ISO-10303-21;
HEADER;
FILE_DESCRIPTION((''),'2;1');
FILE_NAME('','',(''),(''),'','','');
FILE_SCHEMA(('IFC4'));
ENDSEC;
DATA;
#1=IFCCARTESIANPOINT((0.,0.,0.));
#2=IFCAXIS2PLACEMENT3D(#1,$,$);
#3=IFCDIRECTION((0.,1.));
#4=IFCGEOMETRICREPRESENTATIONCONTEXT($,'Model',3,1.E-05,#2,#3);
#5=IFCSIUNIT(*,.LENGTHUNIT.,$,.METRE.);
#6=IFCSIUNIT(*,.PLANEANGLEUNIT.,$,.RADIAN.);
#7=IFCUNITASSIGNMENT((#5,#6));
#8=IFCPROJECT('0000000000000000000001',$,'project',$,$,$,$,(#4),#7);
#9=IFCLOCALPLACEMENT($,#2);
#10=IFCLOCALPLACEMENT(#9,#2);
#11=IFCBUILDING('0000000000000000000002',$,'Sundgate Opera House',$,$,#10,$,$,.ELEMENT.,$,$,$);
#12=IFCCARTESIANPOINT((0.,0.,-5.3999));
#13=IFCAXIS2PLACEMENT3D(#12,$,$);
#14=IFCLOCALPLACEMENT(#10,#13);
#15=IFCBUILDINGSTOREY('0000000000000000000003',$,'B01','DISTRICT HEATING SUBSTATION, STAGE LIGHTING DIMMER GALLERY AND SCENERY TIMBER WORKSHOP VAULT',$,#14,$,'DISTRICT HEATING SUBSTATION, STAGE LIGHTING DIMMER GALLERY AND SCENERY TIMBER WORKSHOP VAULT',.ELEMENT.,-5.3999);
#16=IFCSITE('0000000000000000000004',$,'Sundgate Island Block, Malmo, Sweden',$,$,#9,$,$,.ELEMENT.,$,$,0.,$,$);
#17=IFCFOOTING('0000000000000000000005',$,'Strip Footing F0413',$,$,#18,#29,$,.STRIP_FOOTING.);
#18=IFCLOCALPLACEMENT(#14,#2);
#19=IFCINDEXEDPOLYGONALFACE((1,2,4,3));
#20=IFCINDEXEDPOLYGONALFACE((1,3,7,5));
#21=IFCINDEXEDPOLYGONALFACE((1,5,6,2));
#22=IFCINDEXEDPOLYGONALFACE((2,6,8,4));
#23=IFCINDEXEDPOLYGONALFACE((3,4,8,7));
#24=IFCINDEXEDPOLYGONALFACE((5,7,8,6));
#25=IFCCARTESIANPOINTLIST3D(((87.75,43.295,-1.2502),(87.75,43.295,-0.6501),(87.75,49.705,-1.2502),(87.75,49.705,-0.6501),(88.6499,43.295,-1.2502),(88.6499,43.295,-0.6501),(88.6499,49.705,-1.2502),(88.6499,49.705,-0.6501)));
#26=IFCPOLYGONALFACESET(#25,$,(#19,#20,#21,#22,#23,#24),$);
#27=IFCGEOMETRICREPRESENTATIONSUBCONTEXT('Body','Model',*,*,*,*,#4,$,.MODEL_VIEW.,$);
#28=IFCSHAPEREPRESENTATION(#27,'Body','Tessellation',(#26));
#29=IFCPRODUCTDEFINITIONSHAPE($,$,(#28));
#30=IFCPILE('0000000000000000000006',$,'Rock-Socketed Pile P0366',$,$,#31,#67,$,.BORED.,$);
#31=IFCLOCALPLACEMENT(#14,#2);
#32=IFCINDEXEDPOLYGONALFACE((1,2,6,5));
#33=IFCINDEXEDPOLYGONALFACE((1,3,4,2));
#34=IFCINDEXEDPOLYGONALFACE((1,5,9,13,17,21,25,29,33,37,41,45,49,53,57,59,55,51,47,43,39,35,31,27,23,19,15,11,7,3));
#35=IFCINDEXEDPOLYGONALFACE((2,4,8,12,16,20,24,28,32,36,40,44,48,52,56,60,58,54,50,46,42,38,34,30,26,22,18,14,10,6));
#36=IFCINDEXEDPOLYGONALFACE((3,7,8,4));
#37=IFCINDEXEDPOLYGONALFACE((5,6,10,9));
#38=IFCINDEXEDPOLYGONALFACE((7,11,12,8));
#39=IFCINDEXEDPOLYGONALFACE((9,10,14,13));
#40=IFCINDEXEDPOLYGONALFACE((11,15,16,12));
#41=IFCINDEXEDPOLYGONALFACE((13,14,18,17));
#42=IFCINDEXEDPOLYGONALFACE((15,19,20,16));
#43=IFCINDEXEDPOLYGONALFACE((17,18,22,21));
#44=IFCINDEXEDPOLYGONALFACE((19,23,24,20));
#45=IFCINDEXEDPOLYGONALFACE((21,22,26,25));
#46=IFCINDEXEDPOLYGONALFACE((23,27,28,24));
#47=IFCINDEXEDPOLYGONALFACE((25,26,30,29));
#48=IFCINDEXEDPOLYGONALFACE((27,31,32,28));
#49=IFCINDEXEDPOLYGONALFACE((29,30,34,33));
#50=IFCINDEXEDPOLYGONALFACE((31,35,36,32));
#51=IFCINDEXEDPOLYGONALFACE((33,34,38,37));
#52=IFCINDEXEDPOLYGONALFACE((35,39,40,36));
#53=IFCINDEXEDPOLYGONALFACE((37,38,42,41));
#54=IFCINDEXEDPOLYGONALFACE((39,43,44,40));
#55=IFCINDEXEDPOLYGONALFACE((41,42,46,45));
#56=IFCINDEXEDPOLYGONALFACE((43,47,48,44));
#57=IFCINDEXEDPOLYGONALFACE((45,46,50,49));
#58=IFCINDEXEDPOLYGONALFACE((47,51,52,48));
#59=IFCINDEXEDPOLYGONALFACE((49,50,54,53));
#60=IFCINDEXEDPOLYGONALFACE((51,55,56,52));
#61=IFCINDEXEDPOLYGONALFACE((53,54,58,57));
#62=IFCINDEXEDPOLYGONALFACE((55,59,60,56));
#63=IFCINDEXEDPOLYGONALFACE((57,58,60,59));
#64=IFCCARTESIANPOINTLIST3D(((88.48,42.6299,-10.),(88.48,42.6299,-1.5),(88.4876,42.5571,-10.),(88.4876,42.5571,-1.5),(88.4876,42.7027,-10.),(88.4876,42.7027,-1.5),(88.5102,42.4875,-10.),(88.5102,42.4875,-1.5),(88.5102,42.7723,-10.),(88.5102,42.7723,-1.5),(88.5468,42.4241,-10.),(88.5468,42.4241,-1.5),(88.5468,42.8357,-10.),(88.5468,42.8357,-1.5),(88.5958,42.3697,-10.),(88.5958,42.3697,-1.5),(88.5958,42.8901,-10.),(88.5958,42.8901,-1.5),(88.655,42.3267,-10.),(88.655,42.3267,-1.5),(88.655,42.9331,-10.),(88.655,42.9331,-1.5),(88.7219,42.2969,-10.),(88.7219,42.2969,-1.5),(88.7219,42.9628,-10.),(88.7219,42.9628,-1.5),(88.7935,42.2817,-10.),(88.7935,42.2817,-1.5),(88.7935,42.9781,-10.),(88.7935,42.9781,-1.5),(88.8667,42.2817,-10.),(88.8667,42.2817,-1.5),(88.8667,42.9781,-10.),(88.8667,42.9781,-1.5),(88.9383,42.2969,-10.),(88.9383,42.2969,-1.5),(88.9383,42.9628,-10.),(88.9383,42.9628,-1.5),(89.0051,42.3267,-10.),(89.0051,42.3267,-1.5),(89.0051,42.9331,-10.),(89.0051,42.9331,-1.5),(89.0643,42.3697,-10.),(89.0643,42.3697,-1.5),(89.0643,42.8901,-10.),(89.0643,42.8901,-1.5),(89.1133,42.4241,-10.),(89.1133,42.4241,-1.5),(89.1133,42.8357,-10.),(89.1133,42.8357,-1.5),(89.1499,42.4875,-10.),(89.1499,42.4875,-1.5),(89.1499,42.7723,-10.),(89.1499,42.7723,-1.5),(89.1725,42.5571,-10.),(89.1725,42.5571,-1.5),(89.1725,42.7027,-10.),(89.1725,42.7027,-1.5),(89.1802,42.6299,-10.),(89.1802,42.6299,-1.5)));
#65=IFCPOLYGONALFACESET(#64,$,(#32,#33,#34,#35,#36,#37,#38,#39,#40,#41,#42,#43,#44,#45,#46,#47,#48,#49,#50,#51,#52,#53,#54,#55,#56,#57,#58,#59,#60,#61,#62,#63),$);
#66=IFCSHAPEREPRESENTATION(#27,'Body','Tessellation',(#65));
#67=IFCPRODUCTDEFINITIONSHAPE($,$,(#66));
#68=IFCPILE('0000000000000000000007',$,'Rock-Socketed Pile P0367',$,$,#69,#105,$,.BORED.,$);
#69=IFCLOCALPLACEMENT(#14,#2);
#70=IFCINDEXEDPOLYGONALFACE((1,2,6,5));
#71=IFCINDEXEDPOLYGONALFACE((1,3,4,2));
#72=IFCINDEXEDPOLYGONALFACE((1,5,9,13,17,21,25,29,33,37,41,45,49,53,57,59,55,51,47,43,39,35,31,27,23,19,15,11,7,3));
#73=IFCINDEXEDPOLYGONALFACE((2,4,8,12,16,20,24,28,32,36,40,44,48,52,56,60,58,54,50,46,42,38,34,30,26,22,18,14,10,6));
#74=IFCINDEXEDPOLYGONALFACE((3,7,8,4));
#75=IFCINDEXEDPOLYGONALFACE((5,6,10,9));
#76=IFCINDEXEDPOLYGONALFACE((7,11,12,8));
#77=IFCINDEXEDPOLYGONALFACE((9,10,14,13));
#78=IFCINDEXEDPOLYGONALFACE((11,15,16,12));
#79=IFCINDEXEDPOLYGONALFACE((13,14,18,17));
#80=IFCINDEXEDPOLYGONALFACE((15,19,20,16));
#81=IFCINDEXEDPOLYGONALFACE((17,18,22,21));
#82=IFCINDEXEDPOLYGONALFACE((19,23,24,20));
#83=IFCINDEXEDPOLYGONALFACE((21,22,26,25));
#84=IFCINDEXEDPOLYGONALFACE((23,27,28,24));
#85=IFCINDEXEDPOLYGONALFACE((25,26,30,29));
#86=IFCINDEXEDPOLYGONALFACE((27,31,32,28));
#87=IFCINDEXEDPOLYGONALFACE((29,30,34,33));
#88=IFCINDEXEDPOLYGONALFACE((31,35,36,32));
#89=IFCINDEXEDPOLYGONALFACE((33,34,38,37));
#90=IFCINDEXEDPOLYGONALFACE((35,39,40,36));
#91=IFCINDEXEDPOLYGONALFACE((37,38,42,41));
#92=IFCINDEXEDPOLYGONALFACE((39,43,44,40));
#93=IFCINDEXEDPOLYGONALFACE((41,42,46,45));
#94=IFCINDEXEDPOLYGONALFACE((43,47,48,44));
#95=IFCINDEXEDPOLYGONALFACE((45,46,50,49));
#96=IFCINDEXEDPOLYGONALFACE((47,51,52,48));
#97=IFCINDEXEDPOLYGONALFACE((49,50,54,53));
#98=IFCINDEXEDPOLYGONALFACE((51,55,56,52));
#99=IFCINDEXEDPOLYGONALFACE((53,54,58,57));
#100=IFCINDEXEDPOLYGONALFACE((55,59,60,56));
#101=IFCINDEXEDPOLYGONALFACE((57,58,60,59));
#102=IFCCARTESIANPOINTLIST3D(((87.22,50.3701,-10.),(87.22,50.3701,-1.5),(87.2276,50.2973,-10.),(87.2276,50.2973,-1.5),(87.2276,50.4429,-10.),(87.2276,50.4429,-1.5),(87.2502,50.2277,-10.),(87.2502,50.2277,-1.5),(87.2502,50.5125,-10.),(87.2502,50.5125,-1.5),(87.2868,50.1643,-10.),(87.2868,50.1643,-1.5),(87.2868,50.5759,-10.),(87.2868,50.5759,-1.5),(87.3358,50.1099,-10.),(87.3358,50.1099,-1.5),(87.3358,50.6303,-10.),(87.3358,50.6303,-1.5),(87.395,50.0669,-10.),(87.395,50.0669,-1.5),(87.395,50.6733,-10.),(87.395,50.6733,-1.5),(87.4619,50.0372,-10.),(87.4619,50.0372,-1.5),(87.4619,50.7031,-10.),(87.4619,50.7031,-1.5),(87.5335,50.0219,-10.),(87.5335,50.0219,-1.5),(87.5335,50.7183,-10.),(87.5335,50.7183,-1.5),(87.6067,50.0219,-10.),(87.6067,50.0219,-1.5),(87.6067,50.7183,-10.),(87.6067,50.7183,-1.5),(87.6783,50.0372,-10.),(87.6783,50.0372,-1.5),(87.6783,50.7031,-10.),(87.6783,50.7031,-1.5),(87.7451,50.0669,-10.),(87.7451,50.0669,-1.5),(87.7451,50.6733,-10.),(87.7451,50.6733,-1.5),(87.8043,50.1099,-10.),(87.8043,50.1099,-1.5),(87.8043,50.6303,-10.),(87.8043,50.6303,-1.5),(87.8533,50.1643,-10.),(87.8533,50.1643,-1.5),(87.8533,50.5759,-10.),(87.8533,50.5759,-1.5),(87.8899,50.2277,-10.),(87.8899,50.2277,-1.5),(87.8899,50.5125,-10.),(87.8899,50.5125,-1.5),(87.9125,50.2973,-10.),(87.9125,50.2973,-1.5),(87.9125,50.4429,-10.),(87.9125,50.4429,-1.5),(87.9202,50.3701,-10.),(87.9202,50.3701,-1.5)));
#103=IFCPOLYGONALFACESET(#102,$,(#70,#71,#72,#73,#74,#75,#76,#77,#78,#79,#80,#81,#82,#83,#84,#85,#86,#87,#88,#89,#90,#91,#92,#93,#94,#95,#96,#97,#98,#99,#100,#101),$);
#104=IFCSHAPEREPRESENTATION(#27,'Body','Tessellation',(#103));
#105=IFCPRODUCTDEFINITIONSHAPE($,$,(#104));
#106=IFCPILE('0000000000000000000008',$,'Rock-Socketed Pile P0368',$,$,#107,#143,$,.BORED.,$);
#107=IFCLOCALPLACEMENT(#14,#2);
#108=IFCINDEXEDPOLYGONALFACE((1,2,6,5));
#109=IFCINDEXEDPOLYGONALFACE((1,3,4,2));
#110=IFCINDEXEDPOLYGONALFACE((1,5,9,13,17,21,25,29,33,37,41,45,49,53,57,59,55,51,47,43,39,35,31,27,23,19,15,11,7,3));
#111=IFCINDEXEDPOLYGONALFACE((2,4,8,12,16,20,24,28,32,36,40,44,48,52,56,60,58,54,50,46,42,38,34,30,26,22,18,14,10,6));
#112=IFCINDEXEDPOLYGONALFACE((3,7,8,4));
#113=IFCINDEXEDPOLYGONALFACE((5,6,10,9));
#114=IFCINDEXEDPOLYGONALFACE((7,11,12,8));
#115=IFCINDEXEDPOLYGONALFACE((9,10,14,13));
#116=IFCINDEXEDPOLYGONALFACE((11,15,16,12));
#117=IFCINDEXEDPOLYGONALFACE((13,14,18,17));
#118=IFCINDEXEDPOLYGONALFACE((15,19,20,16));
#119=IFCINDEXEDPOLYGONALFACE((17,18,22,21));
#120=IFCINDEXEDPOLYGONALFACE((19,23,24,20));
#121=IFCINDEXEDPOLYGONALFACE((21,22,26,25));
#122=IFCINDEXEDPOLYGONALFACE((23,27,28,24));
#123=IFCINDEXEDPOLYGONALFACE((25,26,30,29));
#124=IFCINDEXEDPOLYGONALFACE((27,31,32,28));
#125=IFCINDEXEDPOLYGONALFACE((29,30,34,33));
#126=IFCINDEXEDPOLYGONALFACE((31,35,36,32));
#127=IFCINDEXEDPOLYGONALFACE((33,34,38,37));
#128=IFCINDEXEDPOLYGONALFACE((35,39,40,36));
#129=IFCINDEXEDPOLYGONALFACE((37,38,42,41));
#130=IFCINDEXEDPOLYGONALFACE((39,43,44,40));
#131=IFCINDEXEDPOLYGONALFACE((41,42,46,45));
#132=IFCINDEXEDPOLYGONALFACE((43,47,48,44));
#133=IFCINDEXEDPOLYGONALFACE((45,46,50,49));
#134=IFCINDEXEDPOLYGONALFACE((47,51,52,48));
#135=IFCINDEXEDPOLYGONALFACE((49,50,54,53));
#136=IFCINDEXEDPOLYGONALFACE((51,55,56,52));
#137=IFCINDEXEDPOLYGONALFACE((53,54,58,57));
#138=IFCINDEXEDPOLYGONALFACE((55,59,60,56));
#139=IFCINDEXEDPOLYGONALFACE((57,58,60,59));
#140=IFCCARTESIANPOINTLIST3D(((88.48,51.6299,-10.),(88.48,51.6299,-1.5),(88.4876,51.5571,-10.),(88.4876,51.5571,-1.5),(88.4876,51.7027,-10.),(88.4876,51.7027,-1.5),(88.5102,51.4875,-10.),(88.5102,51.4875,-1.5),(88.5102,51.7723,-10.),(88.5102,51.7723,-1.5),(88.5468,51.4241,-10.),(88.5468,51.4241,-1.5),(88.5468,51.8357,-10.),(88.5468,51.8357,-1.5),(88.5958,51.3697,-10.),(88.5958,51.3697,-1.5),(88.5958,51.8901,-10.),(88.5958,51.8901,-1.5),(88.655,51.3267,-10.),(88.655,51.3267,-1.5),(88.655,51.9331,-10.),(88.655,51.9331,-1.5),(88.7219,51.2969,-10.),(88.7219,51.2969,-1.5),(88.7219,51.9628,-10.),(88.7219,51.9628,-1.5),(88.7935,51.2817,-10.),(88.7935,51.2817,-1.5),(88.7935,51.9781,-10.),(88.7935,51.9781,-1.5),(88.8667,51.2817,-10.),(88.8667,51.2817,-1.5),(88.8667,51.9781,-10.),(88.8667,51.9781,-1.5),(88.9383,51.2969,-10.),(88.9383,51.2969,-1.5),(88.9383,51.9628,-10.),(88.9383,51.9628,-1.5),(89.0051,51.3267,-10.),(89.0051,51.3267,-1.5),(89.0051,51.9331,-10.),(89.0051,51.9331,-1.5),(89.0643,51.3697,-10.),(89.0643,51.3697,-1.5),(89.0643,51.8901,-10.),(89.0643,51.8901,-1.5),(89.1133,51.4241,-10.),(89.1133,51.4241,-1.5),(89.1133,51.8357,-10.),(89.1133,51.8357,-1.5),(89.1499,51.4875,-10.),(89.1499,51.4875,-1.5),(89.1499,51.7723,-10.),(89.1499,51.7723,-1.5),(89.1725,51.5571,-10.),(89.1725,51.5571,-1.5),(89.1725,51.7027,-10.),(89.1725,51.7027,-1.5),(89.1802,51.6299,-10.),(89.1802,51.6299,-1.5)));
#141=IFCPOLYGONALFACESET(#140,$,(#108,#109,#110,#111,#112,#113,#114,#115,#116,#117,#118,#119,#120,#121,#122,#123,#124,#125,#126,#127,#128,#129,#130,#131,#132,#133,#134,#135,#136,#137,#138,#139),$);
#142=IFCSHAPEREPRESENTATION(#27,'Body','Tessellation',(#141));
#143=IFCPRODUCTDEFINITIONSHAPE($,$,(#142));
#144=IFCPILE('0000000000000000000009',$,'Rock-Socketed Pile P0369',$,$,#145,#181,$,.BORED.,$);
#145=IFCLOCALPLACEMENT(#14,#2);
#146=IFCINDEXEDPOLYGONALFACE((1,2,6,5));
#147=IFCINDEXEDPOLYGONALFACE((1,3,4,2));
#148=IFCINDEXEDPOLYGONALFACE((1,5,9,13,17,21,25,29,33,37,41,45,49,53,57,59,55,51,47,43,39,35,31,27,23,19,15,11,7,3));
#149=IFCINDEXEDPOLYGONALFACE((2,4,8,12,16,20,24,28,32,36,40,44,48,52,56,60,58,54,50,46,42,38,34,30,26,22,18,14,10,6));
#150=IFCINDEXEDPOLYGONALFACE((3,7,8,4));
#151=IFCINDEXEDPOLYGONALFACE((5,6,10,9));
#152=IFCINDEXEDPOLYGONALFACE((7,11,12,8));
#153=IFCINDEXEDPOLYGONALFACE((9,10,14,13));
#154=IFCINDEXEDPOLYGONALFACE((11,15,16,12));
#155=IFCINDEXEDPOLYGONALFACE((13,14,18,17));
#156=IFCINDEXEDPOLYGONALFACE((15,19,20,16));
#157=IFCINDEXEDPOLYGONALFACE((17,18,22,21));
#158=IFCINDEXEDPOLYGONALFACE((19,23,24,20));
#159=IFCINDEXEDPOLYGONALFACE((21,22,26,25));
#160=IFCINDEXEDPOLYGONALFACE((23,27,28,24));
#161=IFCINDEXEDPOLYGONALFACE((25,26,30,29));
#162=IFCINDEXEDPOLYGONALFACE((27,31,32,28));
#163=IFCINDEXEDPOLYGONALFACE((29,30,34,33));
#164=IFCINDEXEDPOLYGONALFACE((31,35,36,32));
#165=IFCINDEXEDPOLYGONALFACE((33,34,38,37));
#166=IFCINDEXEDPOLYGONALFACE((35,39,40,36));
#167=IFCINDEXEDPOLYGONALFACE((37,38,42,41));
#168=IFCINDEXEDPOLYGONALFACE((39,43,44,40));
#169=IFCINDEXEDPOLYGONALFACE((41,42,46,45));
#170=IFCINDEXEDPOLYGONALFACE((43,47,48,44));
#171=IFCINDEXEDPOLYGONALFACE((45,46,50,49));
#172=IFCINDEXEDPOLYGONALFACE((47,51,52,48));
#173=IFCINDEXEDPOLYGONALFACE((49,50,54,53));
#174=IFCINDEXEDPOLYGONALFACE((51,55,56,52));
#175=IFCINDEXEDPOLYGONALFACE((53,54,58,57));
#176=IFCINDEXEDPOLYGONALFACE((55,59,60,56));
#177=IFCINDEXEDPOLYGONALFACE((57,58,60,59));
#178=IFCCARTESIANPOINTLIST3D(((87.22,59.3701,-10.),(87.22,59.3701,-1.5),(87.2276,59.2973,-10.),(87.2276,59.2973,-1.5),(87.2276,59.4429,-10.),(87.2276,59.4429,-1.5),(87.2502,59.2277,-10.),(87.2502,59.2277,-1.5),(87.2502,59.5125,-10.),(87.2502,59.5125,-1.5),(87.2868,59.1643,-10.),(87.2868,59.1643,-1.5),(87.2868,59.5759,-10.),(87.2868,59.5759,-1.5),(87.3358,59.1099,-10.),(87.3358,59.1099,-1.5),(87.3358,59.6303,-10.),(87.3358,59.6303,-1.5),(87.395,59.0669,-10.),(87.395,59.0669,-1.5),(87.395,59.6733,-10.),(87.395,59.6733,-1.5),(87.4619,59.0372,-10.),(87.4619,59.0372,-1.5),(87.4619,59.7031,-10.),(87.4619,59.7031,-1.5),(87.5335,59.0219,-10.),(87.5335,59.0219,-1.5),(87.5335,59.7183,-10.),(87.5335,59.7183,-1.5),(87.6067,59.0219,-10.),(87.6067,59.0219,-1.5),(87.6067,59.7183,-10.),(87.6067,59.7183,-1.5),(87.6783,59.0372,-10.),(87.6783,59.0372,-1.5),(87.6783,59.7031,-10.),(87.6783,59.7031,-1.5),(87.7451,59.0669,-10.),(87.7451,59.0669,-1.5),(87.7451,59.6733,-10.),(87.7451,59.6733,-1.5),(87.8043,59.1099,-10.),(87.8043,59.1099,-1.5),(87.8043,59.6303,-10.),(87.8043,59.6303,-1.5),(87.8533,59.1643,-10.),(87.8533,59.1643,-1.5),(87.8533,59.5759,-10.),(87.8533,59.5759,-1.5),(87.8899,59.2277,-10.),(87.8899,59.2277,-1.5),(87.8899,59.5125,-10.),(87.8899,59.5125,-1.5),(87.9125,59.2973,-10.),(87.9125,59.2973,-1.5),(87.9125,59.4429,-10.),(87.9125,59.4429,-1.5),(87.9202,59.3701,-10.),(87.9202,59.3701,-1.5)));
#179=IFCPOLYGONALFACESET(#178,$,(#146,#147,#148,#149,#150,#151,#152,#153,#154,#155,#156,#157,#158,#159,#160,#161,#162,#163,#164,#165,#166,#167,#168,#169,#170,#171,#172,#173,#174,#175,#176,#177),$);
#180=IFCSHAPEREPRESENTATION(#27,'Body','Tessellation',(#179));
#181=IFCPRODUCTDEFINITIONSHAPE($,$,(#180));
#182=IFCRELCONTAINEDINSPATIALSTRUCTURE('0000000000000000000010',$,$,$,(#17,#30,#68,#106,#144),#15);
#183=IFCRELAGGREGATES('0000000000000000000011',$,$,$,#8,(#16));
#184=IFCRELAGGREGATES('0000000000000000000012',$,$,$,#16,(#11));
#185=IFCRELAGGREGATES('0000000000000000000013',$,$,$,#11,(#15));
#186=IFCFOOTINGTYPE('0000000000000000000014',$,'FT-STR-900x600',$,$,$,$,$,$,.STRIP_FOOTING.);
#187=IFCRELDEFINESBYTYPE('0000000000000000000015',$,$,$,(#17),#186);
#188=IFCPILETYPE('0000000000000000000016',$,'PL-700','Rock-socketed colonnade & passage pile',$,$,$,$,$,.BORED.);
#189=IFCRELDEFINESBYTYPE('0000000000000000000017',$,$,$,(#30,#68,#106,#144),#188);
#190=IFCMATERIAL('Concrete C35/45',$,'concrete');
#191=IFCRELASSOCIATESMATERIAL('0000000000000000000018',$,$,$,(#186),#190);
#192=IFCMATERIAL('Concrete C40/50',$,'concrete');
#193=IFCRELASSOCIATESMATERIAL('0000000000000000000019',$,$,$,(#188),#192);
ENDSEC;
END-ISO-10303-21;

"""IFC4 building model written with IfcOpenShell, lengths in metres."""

from ifc_helpers import new_model, si_unit, direction, frame, origin, origin_2d, place, context, subcontext, project, spatial, rectangle, circle, extrude, material, material_profile, profile_set, type_object, element, save


model = new_model("IFC4")

# Units and contexts
model_context = context("Model", 3, precision=1e-05, world=origin(), true_north=direction((0.0, 1.0)))
body_context = subcontext(model_context, "Body", "Model", "MODEL_VIEW")
ifc_project = project(units=[si_unit("LENGTHUNIT", "METRE"), si_unit("PLANEANGLEUNIT", "RADIAN")], contexts=[model_context])

# Site, building, storey
site_placement = place(None, origin())
site = spatial("IfcSite", under=ifc_project, at=site_placement, Name="Sundgate Island Block, Malmo, Sweden", CompositionType="ELEMENT", RefElevation=0.0)
building_placement = place(site_placement, origin())
building = spatial("IfcBuilding", under=site, at=building_placement, Name="Sundgate Opera House", CompositionType="ELEMENT")
storey_placement = place(building_placement, frame((0.0, 0.0, -5.3999)))
storey = spatial("IfcBuildingStorey", under=building, at=storey_placement, Name="B01", Description="DISTRICT HEATING SUBSTATION, STAGE LIGHTING DIMMER GALLERY AND SCENERY TIMBER WORKSHOP VAULT", LongName="DISTRICT HEATING SUBSTATION, STAGE LIGHTING DIMMER GALLERY AND SCENERY TIMBER WORKSHOP VAULT", CompositionType="ELEMENT", Elevation=-5.3999)

# Footing
ifc_material_1 = material(Name="Concrete C35/45", Category="concrete")
footing_type_1 = type_object("IfcFootingType", Name="FT-STR-900x600", PredefinedType="STRIP_FOOTING", material=ifc_material_1)
footing_1_placement = place(storey_placement, frame((88.2, 46.5, -1.2502), z_axis=(0.0, 0.0, 1.0), x_axis=(1.0, 0.0, 0.0)))
element("IfcFooting", 1, at=footing_1_placement, inside=storey, type_object=footing_type_1, Name="Strip Footing F0413", PredefinedType="STRIP_FOOTING", context=body_context, shape_type="SweptSolid", body=[
    extrude(rectangle(XDim=0.8999, YDim=6.4099, at=origin_2d()), origin(), (0.0, 0.0, 1.0), 0.6001),
])

# Piles
ifc_material_2 = material(Name="Concrete C40/50", Category="concrete")
ifc_material_profile_1 = material_profile(ifc_material_2, circle(Radius=0.3501, at=origin_2d()), Name="PILE D700")
ifc_profile_set_1 = profile_set([ifc_material_profile_1], Name="Concrete C40/50")
pile_type_1 = type_object("IfcPileType", Name="PL-700", Description="Rock-socketed colonnade & passage pile", PredefinedType="BORED", material=ifc_profile_set_1)
for number, where, z_axis, x_axis, name in (
    (2, (88.8301, 42.6299, -1.5), (0.0, 0.0, -1.0), (1.0, 0.0, 0.0), "Rock-Socketed Pile P0366"),
    (3, (87.5701, 50.3701, -1.5), (0.0, 0.0, -1.0), (1.0, 0.0, 0.0), "Rock-Socketed Pile P0367"),
    (4, (88.8301, 51.6299, -1.5), (0.0, 0.0, -1.0), (1.0, 0.0, 0.0), "Rock-Socketed Pile P0368"),
    (5, (87.5701, 59.3701, -1.5), (0.0, 0.0, -1.0), (1.0, 0.0, 0.0), "Rock-Socketed Pile P0369"),
):
    element("IfcPile", number, at=place(storey_placement, frame(where, z_axis=z_axis, x_axis=x_axis)), inside=storey, type_object=pile_type_1, Name=name, PredefinedType="BORED", context=body_context, shape_type="SweptSolid", body=[
        extrude(circle(Radius=0.3501, at=origin_2d()), origin(), (0.0, 0.0, 1.0), 8.5),
    ])

save(model, "model.ifc")
